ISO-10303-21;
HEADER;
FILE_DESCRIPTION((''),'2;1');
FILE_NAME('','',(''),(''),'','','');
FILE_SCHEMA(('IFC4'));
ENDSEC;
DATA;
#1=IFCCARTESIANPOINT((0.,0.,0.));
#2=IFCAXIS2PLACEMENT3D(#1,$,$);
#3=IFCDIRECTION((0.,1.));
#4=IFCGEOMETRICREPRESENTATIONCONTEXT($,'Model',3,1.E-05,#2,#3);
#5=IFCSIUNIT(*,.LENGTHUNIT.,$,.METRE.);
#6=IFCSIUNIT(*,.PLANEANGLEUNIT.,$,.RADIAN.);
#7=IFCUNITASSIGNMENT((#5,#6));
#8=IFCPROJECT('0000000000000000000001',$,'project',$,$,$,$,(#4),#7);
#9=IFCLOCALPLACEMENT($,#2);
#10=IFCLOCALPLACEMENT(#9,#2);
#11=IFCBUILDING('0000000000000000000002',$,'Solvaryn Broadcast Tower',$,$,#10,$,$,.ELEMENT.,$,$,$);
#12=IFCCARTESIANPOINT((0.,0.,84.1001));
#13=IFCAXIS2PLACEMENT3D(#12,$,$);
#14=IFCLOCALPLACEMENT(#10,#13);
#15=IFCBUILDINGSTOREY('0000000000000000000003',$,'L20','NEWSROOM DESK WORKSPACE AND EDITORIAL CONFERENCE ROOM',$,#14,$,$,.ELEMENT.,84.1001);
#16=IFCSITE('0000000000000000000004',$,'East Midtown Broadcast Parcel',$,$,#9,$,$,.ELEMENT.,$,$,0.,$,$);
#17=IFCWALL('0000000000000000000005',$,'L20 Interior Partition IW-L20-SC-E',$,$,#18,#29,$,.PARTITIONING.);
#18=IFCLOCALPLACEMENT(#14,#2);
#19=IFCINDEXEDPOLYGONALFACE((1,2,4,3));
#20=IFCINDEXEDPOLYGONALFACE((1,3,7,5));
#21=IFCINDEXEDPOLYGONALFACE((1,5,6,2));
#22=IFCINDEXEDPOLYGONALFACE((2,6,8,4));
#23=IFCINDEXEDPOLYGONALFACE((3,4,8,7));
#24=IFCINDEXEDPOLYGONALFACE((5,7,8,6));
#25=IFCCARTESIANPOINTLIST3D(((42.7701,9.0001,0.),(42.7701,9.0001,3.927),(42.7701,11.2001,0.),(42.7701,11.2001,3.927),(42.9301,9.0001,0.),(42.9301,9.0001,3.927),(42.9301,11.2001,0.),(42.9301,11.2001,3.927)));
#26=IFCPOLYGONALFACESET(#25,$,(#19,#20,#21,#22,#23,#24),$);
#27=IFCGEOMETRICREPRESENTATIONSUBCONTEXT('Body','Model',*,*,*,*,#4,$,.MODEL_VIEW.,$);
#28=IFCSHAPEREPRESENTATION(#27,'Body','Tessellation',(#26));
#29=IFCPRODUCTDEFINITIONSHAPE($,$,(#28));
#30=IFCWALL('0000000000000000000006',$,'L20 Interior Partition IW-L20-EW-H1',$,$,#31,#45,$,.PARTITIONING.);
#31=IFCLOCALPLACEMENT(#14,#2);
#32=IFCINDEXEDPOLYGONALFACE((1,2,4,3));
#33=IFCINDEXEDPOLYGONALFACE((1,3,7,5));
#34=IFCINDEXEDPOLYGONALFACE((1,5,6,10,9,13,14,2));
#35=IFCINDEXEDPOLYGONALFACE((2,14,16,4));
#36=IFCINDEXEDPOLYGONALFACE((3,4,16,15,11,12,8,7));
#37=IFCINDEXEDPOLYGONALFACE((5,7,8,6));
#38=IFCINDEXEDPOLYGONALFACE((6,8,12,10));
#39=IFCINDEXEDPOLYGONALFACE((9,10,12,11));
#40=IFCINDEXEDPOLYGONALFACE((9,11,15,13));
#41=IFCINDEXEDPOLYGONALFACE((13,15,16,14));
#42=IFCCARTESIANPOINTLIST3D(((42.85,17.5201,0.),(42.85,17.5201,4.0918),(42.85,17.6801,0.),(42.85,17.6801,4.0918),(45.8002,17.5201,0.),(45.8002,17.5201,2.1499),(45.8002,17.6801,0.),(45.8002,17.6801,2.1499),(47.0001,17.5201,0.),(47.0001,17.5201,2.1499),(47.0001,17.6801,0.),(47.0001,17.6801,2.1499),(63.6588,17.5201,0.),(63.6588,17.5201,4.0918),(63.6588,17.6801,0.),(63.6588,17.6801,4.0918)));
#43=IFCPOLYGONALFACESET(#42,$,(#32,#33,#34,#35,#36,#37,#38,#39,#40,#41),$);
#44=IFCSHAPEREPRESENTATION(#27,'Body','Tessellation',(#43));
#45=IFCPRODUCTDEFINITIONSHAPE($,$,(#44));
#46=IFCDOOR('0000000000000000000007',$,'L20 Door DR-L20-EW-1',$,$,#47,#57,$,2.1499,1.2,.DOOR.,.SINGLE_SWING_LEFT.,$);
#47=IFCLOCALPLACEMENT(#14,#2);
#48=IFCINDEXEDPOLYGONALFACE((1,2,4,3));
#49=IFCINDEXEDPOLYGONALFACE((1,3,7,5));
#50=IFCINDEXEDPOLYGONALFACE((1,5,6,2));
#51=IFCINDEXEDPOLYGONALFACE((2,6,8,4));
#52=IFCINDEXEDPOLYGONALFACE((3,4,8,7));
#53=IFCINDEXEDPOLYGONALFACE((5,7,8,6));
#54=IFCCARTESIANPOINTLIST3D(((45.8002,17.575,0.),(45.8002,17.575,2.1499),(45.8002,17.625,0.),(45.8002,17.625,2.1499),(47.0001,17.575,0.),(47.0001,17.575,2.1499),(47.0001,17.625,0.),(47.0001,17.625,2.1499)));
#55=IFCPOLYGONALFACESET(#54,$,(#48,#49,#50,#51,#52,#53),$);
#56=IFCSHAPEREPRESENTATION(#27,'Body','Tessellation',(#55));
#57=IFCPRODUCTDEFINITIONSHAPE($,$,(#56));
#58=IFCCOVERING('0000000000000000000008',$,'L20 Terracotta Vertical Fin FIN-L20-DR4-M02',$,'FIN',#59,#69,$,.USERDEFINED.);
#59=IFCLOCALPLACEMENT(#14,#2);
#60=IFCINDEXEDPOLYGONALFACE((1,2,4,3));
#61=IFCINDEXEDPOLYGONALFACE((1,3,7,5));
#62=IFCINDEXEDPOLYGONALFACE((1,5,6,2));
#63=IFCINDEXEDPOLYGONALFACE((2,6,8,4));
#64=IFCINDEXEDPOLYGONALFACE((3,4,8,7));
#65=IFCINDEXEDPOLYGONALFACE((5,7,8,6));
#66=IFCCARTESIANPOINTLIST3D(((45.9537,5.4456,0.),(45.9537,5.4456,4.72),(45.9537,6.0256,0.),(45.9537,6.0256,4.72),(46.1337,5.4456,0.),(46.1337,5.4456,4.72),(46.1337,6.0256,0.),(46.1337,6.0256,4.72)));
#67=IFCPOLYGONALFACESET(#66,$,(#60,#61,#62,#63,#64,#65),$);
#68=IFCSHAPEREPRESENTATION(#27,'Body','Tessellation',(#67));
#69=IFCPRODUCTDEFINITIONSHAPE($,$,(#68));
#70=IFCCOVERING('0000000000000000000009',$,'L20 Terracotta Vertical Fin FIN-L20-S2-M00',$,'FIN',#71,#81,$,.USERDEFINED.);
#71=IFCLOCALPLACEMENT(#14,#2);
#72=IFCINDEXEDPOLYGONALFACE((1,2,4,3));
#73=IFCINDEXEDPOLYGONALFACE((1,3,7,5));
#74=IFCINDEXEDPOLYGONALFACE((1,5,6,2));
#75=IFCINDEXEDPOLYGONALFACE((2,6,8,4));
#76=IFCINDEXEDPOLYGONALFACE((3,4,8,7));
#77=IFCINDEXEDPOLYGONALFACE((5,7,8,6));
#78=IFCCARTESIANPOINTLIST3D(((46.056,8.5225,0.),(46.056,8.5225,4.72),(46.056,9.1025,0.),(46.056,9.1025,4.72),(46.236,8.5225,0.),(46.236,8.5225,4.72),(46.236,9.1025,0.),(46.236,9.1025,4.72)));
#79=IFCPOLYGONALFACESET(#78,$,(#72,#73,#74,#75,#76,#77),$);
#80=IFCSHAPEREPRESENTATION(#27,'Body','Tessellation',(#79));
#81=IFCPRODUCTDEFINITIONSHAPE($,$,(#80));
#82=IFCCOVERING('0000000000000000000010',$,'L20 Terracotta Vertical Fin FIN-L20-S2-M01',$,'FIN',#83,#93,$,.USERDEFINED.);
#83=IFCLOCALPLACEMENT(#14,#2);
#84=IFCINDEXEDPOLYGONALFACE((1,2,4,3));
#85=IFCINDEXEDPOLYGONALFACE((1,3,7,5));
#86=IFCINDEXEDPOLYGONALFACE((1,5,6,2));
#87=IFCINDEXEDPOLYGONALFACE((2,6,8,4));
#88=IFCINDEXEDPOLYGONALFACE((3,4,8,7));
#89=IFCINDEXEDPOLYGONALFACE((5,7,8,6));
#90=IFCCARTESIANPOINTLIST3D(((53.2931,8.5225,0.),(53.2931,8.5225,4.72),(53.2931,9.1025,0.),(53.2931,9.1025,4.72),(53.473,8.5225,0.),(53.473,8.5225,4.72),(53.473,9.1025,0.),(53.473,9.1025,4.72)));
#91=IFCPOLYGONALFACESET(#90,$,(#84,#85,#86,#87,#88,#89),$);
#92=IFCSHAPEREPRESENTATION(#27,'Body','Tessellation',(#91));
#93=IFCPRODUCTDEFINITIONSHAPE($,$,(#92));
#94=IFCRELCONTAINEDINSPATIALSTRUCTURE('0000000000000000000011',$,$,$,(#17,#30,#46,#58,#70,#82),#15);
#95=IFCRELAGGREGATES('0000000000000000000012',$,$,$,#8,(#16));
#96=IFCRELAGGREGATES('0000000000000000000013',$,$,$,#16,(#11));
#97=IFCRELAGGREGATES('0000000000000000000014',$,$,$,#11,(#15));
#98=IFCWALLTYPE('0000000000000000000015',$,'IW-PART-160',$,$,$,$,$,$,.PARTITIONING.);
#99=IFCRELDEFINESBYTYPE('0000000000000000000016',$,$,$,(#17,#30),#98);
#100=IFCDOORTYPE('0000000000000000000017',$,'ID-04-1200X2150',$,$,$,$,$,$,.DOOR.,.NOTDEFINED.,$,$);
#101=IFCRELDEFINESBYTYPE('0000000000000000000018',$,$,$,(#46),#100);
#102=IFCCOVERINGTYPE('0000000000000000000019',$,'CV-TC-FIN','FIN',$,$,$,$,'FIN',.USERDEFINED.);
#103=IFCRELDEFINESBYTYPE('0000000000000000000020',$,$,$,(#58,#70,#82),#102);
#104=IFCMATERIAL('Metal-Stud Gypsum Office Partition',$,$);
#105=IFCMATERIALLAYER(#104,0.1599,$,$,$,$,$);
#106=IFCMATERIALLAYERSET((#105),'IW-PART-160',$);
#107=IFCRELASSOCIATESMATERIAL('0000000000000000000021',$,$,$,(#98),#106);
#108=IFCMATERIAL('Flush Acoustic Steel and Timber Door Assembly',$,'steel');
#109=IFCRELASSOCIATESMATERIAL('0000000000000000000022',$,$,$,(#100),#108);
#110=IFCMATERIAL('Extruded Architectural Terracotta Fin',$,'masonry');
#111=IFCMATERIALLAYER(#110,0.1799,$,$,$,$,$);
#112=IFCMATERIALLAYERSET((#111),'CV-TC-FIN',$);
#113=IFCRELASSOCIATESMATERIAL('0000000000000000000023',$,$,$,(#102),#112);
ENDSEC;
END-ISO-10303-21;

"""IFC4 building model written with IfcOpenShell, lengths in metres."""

from ifc_helpers import new_model, si_unit, direction, frame, frame_2d, origin, origin_2d, place, context, subcontext, project, spatial, rectangle, extrude, material, layer, layer_set, type_object, element, fill, save


model = new_model("IFC4")

# Units and contexts
model_context = context("Model", 3, precision=1e-05, world=origin(), true_north=direction((0.0, 1.0)))
body_context = subcontext(model_context, "Body", "Model", "MODEL_VIEW")
ifc_project = project(units=[si_unit("LENGTHUNIT", "METRE"), si_unit("PLANEANGLEUNIT", "RADIAN")], contexts=[model_context])

# Site, building, storey
site_placement = place(None, origin())
site = spatial("IfcSite", under=ifc_project, at=site_placement, Name="East Midtown Broadcast Parcel", CompositionType="ELEMENT", RefElevation=0.0)
building_placement = place(site_placement, origin())
building = spatial("IfcBuilding", under=site, at=building_placement, Name="Solvaryn Broadcast Tower", CompositionType="ELEMENT")
storey_placement = place(building_placement, frame((0.0, 0.0, 84.1001)))
storey = spatial("IfcBuildingStorey", under=building, at=storey_placement, Name="L20", Description="NEWSROOM DESK WORKSPACE AND EDITORIAL CONFERENCE ROOM", CompositionType="ELEMENT", Elevation=84.1001)

# Wall
ifc_material_1 = material(Name="Metal-Stud Gypsum Office Partition")
ifc_layer_1 = layer(ifc_material_1, 0.1599)
ifc_layer_set_1 = layer_set([ifc_layer_1], Name="IW-PART-160")
wall_type_1 = type_object("IfcWallType", Name="IW-PART-160", PredefinedType="PARTITIONING", material=ifc_layer_set_1)
wall_1_placement = place(storey_placement, frame((42.8501, 9.0, 0.0), z_axis=(0.0, 0.0, 1.0), x_axis=(0.0, 1.0, 0.0)))
element("IfcWall", 1, at=wall_1_placement, inside=storey, type_object=wall_type_1, Name="L20 Interior Partition IW-L20-SC-E", PredefinedType="PARTITIONING", context=body_context, shape_type="SweptSolid", body=[
    extrude(rectangle(XDim=2.2, YDim=0.1599, at=frame_2d((1.1001, 0.0))), origin(), (0.0, 0.0, 1.0), 3.927),
])

# Wall, opening, door
wall_2_placement = place(storey_placement, frame((42.8501, 17.6001, 0.0), z_axis=(0.0, 0.0, 1.0), x_axis=(1.0, 0.0, 0.0)))
wall_2 = element("IfcWall", 2, at=wall_2_placement, inside=storey, type_object=wall_type_1, Name="L20 Interior Partition IW-L20-EW-H1", PredefinedType="PARTITIONING", context=body_context, shape_type="SweptSolid", body=[
    extrude(rectangle(XDim=20.8088, YDim=0.1599, at=frame_2d((10.4043, 0.0))), origin(), (0.0, 0.0, 1.0), 4.0918),
])
opening_placement = place(wall_2_placement, frame((2.95, 0.0, 0.0)))
opening = element("IfcOpeningElement", 3, at=opening_placement, cuts=wall_2, PredefinedType="OPENING", context=body_context, shape_type="SweptSolid", body=[
    extrude(rectangle(XDim=1.2, YDim=2.1499, at=frame_2d((0.6001, 1.075))), frame((0.0, 0.0901, 0.0), z_axis=(0.0, -1.0, 0.0), x_axis=(1.0, 0.0, 0.0)), (0.0, 0.0, 1.0), 0.1799),
])
ifc_material_2 = material(Name="Flush Acoustic Steel and Timber Door Assembly", Category="steel")
door_type = type_object("IfcDoorType", Name="ID-04-1200X2150", OperationType="NOTDEFINED", PredefinedType="DOOR", material=ifc_material_2)
door_placement = place(opening_placement, origin())
door = element("IfcDoor", 4, at=door_placement, inside=storey, type_object=door_type, Name="L20 Door DR-L20-EW-1", OperationType="SINGLE_SWING_LEFT", OverallHeight=2.1499, OverallWidth=1.2, PredefinedType="DOOR", context=body_context, shape_type="SweptSolid", body=[
    extrude(rectangle(XDim=1.2, YDim=2.1499, at=frame_2d((0.6001, 1.075))), frame((0.0, 0.0249, 0.0), z_axis=(0.0, -1.0, 0.0), x_axis=(1.0, 0.0, 0.0)), (0.0, 0.0, 1.0), 0.05),
])
fill(opening, door)

# Coverings
ifc_material_3 = material(Name="Extruded Architectural Terracotta Fin", Category="masonry")
ifc_layer_2 = layer(ifc_material_3, 0.1799)
ifc_layer_set_2 = layer_set([ifc_layer_2], Name="CV-TC-FIN")
covering_type = type_object("IfcCoveringType", Name="CV-TC-FIN", Description="FIN", ElementType="FIN", PredefinedType="USERDEFINED", material=ifc_layer_set_2)
for number, where, z_axis, x_axis, name in (
    (5, (46.0437, 5.7356, 0.0), (0.0, 0.0, 1.0), (1.0, 0.0, 0.0), "L20 Terracotta Vertical Fin FIN-L20-DR4-M02"),
    (6, (46.146, 8.8125, 0.0), (0.0, 0.0, 1.0), (1.0, 0.0, 0.0), "L20 Terracotta Vertical Fin FIN-L20-S2-M00"),
    (7, (53.3831, 8.8125, 0.0), (0.0, 0.0, 1.0), (1.0, 0.0, 0.0), "L20 Terracotta Vertical Fin FIN-L20-S2-M01"),
):
    element("IfcCovering", number, at=place(storey_placement, frame(where, z_axis=z_axis, x_axis=x_axis)), inside=storey, type_object=covering_type, Name=name, ObjectType="FIN", PredefinedType="USERDEFINED", context=body_context, shape_type="SweptSolid", body=[
        extrude(rectangle(XDim=0.1799, YDim=0.5801, at=origin_2d()), origin(), (0.0, 0.0, 1.0), 4.72),
    ])

save(model, "model.ifc")
